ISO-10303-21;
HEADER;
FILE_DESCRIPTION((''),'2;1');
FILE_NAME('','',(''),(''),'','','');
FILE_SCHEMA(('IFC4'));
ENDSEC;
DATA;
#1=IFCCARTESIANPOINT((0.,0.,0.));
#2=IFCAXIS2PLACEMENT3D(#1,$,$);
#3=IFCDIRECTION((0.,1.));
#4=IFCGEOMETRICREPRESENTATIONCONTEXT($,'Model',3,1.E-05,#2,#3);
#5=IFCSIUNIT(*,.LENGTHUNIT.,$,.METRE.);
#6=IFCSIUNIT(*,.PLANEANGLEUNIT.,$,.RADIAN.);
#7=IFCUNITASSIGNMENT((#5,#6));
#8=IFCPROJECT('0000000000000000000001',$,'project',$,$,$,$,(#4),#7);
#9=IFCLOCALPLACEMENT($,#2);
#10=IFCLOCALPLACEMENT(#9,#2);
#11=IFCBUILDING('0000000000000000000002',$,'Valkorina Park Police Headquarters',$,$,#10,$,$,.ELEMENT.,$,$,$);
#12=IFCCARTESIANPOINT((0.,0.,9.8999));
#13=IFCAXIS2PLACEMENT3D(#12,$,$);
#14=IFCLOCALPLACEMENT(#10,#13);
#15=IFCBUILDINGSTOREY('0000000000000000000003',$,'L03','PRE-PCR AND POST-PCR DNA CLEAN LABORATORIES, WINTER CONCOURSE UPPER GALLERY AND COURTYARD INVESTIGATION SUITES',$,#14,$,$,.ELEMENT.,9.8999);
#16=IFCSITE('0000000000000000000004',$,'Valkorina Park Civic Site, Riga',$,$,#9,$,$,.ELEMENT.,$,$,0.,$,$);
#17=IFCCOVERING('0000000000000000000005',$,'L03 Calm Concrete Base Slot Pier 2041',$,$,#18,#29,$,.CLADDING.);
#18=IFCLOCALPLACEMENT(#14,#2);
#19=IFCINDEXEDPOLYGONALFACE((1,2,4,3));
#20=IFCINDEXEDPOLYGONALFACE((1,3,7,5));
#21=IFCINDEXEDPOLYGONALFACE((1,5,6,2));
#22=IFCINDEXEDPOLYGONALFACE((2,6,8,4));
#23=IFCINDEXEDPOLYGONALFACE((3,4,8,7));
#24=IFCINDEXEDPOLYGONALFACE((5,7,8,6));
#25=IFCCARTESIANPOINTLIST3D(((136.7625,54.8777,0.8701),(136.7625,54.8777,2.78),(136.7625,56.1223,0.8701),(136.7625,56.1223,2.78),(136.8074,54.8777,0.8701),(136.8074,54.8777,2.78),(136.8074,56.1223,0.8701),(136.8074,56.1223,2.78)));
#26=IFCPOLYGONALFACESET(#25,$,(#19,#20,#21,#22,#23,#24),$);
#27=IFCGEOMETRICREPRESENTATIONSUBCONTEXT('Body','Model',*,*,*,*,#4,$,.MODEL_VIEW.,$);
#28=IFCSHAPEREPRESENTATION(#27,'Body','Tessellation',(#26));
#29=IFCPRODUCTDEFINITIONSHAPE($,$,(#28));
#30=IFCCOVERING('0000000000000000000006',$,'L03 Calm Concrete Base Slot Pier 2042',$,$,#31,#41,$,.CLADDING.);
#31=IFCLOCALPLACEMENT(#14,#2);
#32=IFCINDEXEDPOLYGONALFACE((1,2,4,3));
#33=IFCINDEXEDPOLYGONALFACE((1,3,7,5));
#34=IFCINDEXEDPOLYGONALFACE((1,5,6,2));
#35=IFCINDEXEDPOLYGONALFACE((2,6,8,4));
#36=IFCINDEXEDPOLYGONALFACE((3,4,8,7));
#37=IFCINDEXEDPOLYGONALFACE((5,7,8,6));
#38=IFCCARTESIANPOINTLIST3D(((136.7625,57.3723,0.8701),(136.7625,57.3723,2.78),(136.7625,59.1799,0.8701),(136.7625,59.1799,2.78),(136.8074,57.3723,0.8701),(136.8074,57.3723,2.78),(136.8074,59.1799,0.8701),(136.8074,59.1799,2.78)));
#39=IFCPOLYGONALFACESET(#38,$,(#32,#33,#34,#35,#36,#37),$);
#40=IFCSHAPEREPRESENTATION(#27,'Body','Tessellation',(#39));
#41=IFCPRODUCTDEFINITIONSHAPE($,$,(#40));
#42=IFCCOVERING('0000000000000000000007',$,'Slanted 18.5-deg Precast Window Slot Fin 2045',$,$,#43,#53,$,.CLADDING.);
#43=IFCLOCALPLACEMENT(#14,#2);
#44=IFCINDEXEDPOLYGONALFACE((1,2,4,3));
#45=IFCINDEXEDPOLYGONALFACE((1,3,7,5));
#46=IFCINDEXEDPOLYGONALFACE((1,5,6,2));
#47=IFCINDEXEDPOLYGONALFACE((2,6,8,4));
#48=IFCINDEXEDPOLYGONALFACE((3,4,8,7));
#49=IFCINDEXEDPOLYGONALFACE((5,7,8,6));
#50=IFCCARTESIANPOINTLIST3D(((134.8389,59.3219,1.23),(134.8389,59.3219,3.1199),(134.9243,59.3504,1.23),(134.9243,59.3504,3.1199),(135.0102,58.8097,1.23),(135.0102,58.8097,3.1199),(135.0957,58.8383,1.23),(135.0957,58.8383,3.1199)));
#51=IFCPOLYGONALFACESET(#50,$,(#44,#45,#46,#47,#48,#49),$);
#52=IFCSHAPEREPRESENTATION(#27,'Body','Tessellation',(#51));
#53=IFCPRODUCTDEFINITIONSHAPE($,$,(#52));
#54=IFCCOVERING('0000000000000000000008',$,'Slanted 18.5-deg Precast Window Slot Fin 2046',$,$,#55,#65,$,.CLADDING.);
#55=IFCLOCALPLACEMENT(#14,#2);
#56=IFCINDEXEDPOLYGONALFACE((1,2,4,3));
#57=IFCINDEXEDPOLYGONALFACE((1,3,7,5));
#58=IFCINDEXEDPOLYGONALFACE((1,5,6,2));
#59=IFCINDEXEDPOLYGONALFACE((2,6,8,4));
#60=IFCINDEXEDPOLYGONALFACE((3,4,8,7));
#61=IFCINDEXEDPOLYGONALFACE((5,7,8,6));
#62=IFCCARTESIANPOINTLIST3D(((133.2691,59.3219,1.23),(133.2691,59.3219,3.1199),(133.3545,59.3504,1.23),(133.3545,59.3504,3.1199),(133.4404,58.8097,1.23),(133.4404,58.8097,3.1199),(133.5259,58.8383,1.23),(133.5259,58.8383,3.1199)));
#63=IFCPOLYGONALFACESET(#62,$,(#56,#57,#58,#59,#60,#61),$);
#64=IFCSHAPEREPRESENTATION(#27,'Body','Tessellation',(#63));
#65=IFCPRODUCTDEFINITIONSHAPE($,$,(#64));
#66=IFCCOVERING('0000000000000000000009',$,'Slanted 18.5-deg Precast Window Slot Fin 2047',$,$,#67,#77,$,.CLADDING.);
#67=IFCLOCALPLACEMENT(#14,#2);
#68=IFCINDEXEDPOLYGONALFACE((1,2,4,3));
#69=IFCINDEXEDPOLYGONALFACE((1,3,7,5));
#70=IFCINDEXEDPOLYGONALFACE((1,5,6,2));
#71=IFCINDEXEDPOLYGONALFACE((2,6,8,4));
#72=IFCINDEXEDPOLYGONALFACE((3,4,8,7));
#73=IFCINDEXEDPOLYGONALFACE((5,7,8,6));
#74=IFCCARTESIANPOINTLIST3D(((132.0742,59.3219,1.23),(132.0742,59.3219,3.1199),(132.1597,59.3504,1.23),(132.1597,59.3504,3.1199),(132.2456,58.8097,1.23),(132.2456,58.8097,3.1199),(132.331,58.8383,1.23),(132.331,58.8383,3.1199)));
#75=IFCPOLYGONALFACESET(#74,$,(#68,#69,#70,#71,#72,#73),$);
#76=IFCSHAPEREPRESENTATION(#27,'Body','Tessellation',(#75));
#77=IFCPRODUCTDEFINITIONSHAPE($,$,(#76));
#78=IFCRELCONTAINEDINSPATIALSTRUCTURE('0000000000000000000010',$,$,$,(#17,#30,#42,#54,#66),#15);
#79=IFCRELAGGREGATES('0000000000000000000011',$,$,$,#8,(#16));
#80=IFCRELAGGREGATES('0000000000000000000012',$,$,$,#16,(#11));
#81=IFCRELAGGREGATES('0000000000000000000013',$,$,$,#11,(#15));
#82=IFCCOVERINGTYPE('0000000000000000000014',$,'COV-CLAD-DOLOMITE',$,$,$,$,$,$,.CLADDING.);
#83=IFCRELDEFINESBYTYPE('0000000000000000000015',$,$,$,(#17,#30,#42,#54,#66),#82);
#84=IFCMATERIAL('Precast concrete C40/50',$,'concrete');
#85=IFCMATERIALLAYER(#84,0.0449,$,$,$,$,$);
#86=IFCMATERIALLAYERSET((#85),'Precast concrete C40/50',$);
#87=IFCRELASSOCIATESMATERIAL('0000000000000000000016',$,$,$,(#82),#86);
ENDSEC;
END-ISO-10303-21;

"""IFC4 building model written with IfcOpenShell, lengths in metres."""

from ifc_helpers import new_model, si_unit, direction, frame, frame_2d, origin, origin_2d, place, context, subcontext, project, spatial, rectangle, extrude, material, layer, layer_set, type_object, element, save


model = new_model("IFC4")

# Units and contexts
model_context = context("Model", 3, precision=1e-05, world=origin(), true_north=direction((0.0, 1.0)))
body_context = subcontext(model_context, "Body", "Model", "MODEL_VIEW")
ifc_project = project(units=[si_unit("LENGTHUNIT", "METRE"), si_unit("PLANEANGLEUNIT", "RADIAN")], contexts=[model_context])

# Site, building, storey
site_placement = place(None, origin())
site = spatial("IfcSite", under=ifc_project, at=site_placement, Name="Valkorina Park Civic Site, Riga", CompositionType="ELEMENT", RefElevation=0.0)
building_placement = place(site_placement, origin())
building = spatial("IfcBuilding", under=site, at=building_placement, Name="Valkorina Park Police Headquarters", CompositionType="ELEMENT")
storey_placement = place(building_placement, frame((0.0, 0.0, 9.8999)))
storey = spatial("IfcBuildingStorey", under=building, at=storey_placement, Name="L03", Description="PRE-PCR AND POST-PCR DNA CLEAN LABORATORIES, WINTER CONCOURSE UPPER GALLERY AND COURTYARD INVESTIGATION SUITES", CompositionType="ELEMENT", Elevation=9.8999)

# Shared definitions
ifc_material_1 = material(Name="Precast concrete C40/50", Category="concrete")

# Coverings
ifc_layer_1 = layer(ifc_material_1, 0.0449)
ifc_layer_set_1 = layer_set([ifc_layer_1], Name="Precast concrete C40/50")
covering_type = type_object("IfcCoveringType", Name="COV-CLAD-DOLOMITE", PredefinedType="CLADDING", material=ifc_layer_set_1)
covering_1_placement = place(storey_placement, frame((136.7849, 54.8777, 0.8701), z_axis=(0.0, 0.0, 1.0), x_axis=(0.0, 1.0, 0.0)))
element("IfcCovering", 1, at=covering_1_placement, inside=storey, type_object=covering_type, Name="L03 Calm Concrete Base Slot Pier 2041", PredefinedType="CLADDING", context=body_context, shape_type="SweptSolid", body=[
    extrude(rectangle(XDim=1.2446, YDim=0.0449, at=frame_2d((0.6223, 0.0))), origin(), (0.0, 0.0, 1.0), 1.9099),
])
covering_2_placement = place(storey_placement, frame((136.7849, 57.3723, 0.8701), z_axis=(0.0, 0.0, 1.0), x_axis=(0.0, 1.0, 0.0)))
element("IfcCovering", 2, at=covering_2_placement, inside=storey, type_object=covering_type, Name="L03 Calm Concrete Base Slot Pier 2042", PredefinedType="CLADDING", context=body_context, shape_type="SweptSolid", body=[
    extrude(rectangle(XDim=1.8076, YDim=0.0449, at=frame_2d((0.9038, 0.0))), origin(), (0.0, 0.0, 1.0), 1.9099),
])
for number, where, z_axis, x_axis, name in (
    (3, (134.9673, 59.0801, 1.23), (0.0, 0.0, 1.0), (0.317305, -0.948324, 0.0), "Slanted 18.5-deg Precast Window Slot Fin 2045"),
    (4, (133.3975, 59.0801, 1.23), (0.0, 0.0, 1.0), (0.317305, -0.948324, 0.0), "Slanted 18.5-deg Precast Window Slot Fin 2046"),
    (5, (132.2026, 59.0801, 1.23), (0.0, 0.0, 1.0), (0.317305, -0.948324, 0.0), "Slanted 18.5-deg Precast Window Slot Fin 2047"),
):
    element("IfcCovering", number, at=place(storey_placement, frame(where, z_axis=z_axis, x_axis=x_axis)), inside=storey, type_object=covering_type, Name=name, PredefinedType="CLADDING", context=body_context, shape_type="SweptSolid", body=[
        extrude(rectangle(XDim=0.54, YDim=0.0901, at=origin_2d()), origin(), (0.0, 0.0, 1.0), 1.8899),
    ])

save(model, "model.ifc")
